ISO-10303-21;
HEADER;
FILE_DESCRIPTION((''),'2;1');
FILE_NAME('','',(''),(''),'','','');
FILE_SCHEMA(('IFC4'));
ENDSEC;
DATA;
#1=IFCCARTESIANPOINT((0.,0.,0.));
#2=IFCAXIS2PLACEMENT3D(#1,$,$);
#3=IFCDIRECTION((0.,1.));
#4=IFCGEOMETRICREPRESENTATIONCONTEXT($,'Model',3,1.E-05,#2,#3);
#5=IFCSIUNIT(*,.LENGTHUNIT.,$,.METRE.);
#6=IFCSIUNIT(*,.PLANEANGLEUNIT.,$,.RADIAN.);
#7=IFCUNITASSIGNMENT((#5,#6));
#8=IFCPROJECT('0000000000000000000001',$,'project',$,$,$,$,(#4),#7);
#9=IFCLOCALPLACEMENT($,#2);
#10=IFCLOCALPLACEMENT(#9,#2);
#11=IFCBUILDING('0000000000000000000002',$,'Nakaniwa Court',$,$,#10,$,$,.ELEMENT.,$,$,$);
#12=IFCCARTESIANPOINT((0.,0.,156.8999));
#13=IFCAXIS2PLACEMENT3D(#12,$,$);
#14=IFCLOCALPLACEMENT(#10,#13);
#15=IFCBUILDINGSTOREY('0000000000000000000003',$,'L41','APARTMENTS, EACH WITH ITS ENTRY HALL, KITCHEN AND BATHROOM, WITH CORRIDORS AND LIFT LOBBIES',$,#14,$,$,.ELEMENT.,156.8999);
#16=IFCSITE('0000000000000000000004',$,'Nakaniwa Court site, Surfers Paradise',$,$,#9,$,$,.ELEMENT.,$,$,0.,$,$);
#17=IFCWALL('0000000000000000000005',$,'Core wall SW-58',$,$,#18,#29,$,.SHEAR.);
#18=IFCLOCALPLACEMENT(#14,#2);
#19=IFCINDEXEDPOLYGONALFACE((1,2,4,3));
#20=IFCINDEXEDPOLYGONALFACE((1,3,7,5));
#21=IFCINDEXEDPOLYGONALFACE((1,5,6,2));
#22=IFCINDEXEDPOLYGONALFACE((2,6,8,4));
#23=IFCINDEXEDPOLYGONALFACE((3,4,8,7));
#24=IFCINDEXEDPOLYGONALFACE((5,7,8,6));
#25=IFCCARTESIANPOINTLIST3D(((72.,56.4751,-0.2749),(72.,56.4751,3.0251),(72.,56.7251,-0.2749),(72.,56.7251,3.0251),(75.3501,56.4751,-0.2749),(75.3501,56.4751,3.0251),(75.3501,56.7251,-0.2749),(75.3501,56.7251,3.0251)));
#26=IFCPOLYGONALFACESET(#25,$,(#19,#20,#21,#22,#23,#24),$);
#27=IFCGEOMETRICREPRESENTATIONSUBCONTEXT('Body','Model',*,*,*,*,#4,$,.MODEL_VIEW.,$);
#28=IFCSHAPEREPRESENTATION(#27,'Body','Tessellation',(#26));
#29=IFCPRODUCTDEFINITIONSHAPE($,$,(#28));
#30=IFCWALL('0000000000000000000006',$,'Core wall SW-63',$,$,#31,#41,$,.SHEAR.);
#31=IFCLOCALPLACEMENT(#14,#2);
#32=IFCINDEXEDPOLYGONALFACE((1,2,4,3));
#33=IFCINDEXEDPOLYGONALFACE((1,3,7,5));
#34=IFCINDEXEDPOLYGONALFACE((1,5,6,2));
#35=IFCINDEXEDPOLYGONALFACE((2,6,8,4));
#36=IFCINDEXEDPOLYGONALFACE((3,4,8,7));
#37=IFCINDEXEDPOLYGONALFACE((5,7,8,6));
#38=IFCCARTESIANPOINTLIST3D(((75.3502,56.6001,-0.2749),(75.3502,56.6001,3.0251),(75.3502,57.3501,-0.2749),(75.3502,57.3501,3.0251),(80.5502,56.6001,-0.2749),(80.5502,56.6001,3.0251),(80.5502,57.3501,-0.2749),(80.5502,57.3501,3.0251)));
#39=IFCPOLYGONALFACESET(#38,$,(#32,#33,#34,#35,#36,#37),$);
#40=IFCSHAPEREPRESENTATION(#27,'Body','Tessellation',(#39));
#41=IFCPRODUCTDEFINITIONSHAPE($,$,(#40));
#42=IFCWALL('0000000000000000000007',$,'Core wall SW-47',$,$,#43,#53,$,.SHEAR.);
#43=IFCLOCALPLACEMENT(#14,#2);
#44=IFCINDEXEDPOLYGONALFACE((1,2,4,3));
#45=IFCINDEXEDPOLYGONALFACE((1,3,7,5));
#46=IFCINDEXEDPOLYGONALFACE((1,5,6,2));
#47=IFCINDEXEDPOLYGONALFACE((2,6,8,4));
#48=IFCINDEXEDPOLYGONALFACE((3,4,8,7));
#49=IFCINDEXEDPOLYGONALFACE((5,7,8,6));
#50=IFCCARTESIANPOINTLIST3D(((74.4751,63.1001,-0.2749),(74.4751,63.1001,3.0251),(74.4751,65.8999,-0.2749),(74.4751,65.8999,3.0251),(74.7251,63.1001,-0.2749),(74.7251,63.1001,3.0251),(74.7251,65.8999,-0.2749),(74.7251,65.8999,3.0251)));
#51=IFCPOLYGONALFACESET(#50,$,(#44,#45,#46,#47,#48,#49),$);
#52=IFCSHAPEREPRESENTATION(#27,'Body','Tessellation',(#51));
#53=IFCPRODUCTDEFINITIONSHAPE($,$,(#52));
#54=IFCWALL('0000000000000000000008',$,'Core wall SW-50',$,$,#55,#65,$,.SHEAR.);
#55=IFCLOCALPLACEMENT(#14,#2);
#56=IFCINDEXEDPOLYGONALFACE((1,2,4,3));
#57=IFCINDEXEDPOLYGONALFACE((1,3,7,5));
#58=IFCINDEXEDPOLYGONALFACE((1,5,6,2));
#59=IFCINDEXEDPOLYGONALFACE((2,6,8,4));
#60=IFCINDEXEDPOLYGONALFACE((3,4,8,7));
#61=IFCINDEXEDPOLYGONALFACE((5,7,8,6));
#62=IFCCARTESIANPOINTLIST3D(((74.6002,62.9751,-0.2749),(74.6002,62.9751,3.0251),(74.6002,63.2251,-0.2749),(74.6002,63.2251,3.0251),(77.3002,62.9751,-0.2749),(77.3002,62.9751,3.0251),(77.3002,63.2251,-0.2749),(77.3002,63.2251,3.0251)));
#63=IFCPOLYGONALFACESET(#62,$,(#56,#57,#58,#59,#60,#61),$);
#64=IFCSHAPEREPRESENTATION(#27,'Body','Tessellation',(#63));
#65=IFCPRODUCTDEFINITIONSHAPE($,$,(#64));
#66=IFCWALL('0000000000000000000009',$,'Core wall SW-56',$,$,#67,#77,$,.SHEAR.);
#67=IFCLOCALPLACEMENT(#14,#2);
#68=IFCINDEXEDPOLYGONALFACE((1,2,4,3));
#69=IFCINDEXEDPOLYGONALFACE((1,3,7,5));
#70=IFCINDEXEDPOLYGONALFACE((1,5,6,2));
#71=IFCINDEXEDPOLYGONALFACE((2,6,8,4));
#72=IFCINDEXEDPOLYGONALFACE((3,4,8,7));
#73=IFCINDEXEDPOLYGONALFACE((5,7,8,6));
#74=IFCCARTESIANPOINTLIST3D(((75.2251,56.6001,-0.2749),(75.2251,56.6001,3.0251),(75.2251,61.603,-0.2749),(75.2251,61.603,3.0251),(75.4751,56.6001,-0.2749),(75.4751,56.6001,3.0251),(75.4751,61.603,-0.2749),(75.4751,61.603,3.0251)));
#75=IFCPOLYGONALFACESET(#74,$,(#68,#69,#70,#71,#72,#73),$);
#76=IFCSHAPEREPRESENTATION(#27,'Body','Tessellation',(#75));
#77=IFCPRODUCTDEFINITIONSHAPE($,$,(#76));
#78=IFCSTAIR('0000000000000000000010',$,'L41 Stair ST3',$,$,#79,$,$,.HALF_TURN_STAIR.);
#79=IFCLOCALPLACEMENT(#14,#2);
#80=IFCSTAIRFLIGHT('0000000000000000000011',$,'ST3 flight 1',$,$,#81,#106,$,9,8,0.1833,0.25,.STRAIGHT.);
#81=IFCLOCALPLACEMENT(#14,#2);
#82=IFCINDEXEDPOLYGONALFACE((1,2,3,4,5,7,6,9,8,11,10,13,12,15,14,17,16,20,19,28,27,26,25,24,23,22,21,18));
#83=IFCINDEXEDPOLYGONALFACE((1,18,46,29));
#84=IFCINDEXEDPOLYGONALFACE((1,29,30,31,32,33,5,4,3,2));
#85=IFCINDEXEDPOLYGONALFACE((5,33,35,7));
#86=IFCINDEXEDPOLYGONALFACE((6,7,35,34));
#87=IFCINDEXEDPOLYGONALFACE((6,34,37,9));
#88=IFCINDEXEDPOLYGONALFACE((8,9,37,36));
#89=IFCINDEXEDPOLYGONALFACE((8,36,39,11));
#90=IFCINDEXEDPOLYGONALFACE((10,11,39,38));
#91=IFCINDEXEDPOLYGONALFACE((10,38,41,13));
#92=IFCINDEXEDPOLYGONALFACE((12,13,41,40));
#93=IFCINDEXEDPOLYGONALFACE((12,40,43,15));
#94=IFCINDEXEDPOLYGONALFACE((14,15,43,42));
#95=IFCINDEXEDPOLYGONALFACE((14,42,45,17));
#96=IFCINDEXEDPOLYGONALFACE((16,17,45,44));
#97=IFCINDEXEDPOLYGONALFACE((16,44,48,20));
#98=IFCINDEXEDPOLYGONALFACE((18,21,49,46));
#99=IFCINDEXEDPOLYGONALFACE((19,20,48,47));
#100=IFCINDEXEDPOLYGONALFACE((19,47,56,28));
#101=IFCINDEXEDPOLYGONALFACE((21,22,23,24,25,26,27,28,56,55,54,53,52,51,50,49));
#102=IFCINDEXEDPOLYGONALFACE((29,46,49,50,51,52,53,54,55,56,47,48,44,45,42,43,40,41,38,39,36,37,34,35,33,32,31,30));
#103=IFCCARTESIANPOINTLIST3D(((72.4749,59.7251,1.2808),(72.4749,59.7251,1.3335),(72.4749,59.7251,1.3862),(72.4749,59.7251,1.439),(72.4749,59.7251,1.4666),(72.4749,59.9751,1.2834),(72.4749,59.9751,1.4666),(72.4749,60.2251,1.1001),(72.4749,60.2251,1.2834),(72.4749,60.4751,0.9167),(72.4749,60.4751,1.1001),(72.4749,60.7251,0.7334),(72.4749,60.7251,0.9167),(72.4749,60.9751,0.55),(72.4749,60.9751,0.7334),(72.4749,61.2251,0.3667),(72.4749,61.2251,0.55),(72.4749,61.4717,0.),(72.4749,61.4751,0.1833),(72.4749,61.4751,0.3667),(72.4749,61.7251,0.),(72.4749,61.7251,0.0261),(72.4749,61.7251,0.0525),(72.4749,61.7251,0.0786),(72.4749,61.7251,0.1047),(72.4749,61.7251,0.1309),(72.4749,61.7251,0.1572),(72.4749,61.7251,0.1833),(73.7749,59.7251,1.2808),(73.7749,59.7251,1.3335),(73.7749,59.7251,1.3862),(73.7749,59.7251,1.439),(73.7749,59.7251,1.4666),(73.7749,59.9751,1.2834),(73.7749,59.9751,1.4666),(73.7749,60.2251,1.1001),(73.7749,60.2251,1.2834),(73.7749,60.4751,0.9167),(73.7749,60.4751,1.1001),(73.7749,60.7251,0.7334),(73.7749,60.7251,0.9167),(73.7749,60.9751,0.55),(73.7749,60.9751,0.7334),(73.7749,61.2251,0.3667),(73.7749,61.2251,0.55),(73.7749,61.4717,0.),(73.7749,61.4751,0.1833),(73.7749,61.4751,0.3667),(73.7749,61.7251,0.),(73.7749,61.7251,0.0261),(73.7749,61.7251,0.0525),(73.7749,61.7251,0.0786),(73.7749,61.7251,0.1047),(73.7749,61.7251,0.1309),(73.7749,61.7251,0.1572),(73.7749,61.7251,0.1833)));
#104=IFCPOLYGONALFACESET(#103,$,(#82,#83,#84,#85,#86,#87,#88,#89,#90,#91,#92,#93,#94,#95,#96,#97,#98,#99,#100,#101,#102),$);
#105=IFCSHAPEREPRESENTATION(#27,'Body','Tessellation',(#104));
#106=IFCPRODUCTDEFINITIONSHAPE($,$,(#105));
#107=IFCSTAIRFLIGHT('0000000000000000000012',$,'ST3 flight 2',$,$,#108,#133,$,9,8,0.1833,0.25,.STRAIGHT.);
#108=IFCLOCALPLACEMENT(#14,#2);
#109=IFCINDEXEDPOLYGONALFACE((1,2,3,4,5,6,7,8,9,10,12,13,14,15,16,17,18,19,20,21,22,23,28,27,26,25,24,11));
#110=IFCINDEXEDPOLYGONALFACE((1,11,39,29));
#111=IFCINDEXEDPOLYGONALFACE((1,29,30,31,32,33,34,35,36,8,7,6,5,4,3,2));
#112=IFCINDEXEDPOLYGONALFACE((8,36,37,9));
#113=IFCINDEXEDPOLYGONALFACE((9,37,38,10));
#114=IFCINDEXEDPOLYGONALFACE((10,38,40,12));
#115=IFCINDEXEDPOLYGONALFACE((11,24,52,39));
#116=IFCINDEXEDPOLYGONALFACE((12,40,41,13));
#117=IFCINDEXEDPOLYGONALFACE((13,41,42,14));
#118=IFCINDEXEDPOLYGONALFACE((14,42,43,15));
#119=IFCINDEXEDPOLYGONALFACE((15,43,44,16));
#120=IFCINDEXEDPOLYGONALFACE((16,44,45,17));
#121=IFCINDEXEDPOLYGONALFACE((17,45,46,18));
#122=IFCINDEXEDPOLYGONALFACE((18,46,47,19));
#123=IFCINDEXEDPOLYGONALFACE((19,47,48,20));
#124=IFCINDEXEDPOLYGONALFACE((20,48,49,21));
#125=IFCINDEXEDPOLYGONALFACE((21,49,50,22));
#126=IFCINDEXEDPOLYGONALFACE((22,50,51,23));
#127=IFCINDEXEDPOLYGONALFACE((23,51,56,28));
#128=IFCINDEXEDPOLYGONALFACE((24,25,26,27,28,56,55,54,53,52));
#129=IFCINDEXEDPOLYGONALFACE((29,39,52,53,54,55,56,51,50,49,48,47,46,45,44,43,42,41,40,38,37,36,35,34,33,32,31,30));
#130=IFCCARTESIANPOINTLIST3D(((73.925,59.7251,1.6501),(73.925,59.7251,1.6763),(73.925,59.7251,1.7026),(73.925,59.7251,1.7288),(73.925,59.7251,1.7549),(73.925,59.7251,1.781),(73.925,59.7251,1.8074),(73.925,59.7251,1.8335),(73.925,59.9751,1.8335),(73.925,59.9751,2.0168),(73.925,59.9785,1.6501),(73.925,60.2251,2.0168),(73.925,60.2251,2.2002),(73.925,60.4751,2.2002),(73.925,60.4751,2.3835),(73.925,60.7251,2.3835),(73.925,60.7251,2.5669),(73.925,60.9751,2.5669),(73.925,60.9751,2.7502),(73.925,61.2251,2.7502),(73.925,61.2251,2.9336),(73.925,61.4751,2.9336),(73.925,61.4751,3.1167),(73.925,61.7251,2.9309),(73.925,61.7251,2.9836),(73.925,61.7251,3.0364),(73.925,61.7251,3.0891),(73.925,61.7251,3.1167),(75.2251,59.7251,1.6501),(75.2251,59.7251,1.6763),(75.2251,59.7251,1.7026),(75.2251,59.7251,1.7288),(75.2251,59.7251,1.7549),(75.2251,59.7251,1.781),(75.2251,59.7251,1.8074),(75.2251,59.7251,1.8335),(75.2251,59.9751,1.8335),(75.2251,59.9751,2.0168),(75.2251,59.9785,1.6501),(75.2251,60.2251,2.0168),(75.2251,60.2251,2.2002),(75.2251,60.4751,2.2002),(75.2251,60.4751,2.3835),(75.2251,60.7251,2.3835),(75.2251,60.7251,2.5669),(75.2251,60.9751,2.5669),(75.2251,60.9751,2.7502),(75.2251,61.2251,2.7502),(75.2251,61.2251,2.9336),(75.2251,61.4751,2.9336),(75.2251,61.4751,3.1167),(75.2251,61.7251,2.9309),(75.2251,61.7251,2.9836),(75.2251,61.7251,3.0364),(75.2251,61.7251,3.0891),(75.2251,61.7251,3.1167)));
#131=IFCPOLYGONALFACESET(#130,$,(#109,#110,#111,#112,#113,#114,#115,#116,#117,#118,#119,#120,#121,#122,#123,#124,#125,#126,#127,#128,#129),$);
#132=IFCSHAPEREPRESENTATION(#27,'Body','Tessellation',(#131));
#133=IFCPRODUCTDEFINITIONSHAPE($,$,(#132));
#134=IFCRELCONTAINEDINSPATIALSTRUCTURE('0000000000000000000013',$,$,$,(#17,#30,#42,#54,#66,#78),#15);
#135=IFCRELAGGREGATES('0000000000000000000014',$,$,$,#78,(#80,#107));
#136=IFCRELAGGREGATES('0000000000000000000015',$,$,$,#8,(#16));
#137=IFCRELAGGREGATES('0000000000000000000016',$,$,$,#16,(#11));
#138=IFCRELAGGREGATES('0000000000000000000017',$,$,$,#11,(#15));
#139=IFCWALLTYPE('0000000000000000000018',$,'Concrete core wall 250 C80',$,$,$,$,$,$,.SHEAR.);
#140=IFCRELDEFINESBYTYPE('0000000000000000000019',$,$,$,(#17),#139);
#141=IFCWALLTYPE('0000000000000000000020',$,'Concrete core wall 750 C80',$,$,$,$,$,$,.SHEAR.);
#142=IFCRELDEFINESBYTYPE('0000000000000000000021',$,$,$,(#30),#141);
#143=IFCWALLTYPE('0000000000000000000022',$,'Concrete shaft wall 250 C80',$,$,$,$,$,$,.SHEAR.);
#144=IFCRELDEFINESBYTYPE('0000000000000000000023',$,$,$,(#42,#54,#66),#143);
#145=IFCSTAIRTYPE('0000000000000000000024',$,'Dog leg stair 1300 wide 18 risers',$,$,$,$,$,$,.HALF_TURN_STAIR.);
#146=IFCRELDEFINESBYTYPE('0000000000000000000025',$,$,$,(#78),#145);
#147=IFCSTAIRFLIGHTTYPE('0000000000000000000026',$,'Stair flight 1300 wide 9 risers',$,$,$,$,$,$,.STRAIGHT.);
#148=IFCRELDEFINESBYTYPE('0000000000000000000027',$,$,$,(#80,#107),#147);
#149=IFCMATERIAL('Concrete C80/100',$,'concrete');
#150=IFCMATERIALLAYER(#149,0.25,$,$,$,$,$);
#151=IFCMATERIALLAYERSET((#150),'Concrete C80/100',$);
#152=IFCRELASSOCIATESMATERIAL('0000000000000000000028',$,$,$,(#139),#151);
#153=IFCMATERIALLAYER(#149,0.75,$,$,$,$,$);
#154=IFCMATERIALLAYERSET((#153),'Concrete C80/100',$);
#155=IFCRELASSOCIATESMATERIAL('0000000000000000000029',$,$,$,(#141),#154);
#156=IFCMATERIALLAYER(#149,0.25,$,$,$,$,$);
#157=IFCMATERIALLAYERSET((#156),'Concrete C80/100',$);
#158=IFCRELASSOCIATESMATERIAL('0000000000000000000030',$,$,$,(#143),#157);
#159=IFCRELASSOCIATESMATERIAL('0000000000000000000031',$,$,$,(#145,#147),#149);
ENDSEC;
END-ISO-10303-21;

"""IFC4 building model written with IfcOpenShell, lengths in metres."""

from ifc_helpers import new_model, si_unit, direction, frame, frame_2d, origin, place, context, subcontext, project, spatial, polyline, rectangle, outline, extrude, material, layer, layer_set, type_object, element, aggregate, save


model = new_model("IFC4")

# Units and contexts
model_context = context("Model", 3, precision=1e-05, world=origin(), true_north=direction((0.0, 1.0)))
body_context = subcontext(model_context, "Body", "Model", "MODEL_VIEW")
ifc_project = project(units=[si_unit("LENGTHUNIT", "METRE"), si_unit("PLANEANGLEUNIT", "RADIAN")], contexts=[model_context])

# Site, building, storey
site_placement = place(None, origin())
site = spatial("IfcSite", under=ifc_project, at=site_placement, Name="Nakaniwa Court site, Surfers Paradise", CompositionType="ELEMENT", RefElevation=0.0)
building_placement = place(site_placement, origin())
building = spatial("IfcBuilding", under=site, at=building_placement, Name="Nakaniwa Court", CompositionType="ELEMENT")
storey_placement = place(building_placement, frame((0.0, 0.0, 156.8999)))
storey = spatial("IfcBuildingStorey", under=building, at=storey_placement, Name="L41", Description="APARTMENTS, EACH WITH ITS ENTRY HALL, KITCHEN AND BATHROOM, WITH CORRIDORS AND LIFT LOBBIES", CompositionType="ELEMENT", Elevation=156.8999)

# Shared definitions
ifc_material_1 = material(Name="Concrete C80/100", Category="concrete")

# Walls
ifc_layer_1 = layer(ifc_material_1, 0.25)
ifc_layer_set_1 = layer_set([ifc_layer_1], Name="Concrete C80/100")
wall_type_1 = type_object("IfcWallType", Name="Concrete core wall 250 C80", PredefinedType="SHEAR", material=ifc_layer_set_1)
wall_1_placement = place(storey_placement, frame((72.0, 56.6001, -0.2749), z_axis=(0.0, 0.0, 1.0), x_axis=(1.0, 0.0, 0.0)))
element("IfcWall", 1, at=wall_1_placement, inside=storey, type_object=wall_type_1, Name="Core wall SW-58", PredefinedType="SHEAR", context=body_context, shape_type="SweptSolid", body=[
    extrude(rectangle(XDim=3.3501, YDim=0.25, at=frame_2d((1.675, 0.0))), origin(), (0.0, 0.0, 1.0), 3.3),
])
ifc_layer_2 = layer(ifc_material_1, 0.75)
ifc_layer_set_2 = layer_set([ifc_layer_2], Name="Concrete C80/100")
wall_type_2 = type_object("IfcWallType", Name="Concrete core wall 750 C80", PredefinedType="SHEAR", material=ifc_layer_set_2)
wall_2_placement = place(storey_placement, frame((75.3501, 56.9751, -0.2749), z_axis=(0.0, 0.0, 1.0), x_axis=(1.0, 0.0, 0.0)))
element("IfcWall", 2, at=wall_2_placement, inside=storey, type_object=wall_type_2, Name="Core wall SW-63", PredefinedType="SHEAR", context=body_context, shape_type="SweptSolid", body=[
    extrude(rectangle(XDim=5.2, YDim=0.75, at=frame_2d((2.6001, 0.0))), origin(), (0.0, 0.0, 1.0), 3.3),
])
ifc_layer_3 = layer(ifc_material_1, 0.25)
ifc_layer_set_3 = layer_set([ifc_layer_3], Name="Concrete C80/100")
wall_type_3 = type_object("IfcWallType", Name="Concrete shaft wall 250 C80", PredefinedType="SHEAR", material=ifc_layer_set_3)
wall_3_placement = place(storey_placement, frame((74.6001, 63.1001, -0.2749), z_axis=(0.0, 0.0, 1.0), x_axis=(0.0, 1.0, 0.0)))
element("IfcWall", 3, at=wall_3_placement, inside=storey, type_object=wall_type_3, Name="Core wall SW-47", PredefinedType="SHEAR", context=body_context, shape_type="SweptSolid", body=[
    extrude(rectangle(XDim=2.7998, YDim=0.25, at=frame_2d((1.3999, 0.0))), origin(), (0.0, 0.0, 1.0), 3.3),
])
wall_4_placement = place(storey_placement, frame((74.6001, 63.1001, -0.2749), z_axis=(0.0, 0.0, 1.0), x_axis=(1.0, 0.0, 0.0)))
element("IfcWall", 4, at=wall_4_placement, inside=storey, type_object=wall_type_3, Name="Core wall SW-50", PredefinedType="SHEAR", context=body_context, shape_type="SweptSolid", body=[
    extrude(rectangle(XDim=2.7, YDim=0.25, at=frame_2d((1.3501, 0.0))), origin(), (0.0, 0.0, 1.0), 3.3),
])
wall_5_placement = place(storey_placement, frame((75.3501, 56.6001, -0.2749), z_axis=(0.0, 0.0, 1.0), x_axis=(0.0, 1.0, 0.0)))
element("IfcWall", 5, at=wall_5_placement, inside=storey, type_object=wall_type_3, Name="Core wall SW-56", PredefinedType="SHEAR", context=body_context, shape_type="SweptSolid", body=[
    extrude(rectangle(XDim=5.0029, YDim=0.25, at=frame_2d((2.5015, 0.0))), origin(), (0.0, 0.0, 1.0), 3.3),
])

# Stair, stair flights
stair_type = type_object("IfcStairType", Name="Dog leg stair 1300 wide 18 risers", PredefinedType="HALF_TURN_STAIR", material=ifc_material_1)
stair_placement = place(storey_placement, origin())
stair = element("IfcStair", 6, at=stair_placement, inside=storey, type_object=stair_type, Name="L41 Stair ST3", PredefinedType="HALF_TURN_STAIR")
stair_flight_type = type_object("IfcStairFlightType", Name="Stair flight 1300 wide 9 risers", PredefinedType="STRAIGHT", material=ifc_material_1)
stair_flight_1_placement = place(storey_placement, frame((73.125, 61.7251, 0.0), z_axis=(0.0, 0.0, 1.0), x_axis=(0.0, -1.0, 0.0)))
stair_flight_1 = element("IfcStairFlight", 7, at=stair_flight_1_placement, type_object=stair_flight_type, Name="ST3 flight 1", NumberOfRisers=9, NumberOfTreads=8, PredefinedType="STRAIGHT", RiserHeight=0.1833, TreadLength=0.25, context=body_context, shape_type="SweptSolid", body=[
    extrude(outline(polyline([(0.0, 0.0), (0.0, 0.0261), (0.0, 0.0525), (0.0, 0.0786), (0.0, 0.1047), (0.0, 0.1309), (0.0, 0.1572), (0.0, 0.1833), (0.25, 0.1833), (0.25, 0.3667), (0.5, 0.3667), (0.5, 0.55), (0.75, 0.55), (0.75, 0.7334), (1.0, 0.7334), (1.0, 0.9167), (1.25, 0.9167), (1.25, 1.1001), (1.5, 1.1001), (1.5, 1.2834), (1.75, 1.2834), (1.75, 1.4666), (2.0, 1.4666), (2.0, 1.6499), (2.0, 1.5972), (2.0, 1.5444), (2.0, 1.4917), (2.0, 1.439), (2.0, 1.3862), (2.0, 1.3335), (2.0, 1.2808), (0.2534, 0.0), (0.0, 0.0)])), frame((0.0, 0.6499, 0.0), z_axis=(0.0, -1.0, 0.0), x_axis=(1.0, 0.0, 0.0)), (0.0, 0.0, 1.0), 1.3),
])
stair_flight_2_placement = place(storey_placement, frame((74.575, 59.7251, 1.6501), z_axis=(0.0, 0.0, 1.0), x_axis=(0.0, 1.0, 0.0)))
stair_flight_2 = element("IfcStairFlight", 8, at=stair_flight_2_placement, type_object=stair_flight_type, Name="ST3 flight 2", NumberOfRisers=9, NumberOfTreads=8, PredefinedType="STRAIGHT", RiserHeight=0.1833, TreadLength=0.25, context=body_context, shape_type="SweptSolid", body=[
    extrude(outline(polyline([(0.0, 0.0), (0.0, 0.0261), (0.0, 0.0525), (0.0, 0.0786), (0.0, 0.1047), (0.0, 0.1309), (0.0, 0.1572), (0.0, 0.1833), (0.25, 0.1833), (0.25, 0.3667), (0.5, 0.3667), (0.5, 0.55), (0.75, 0.55), (0.75, 0.7334), (1.0, 0.7334), (1.0, 0.9167), (1.25, 0.9167), (1.25, 1.1001), (1.5, 1.1001), (1.5, 1.2834), (1.75, 1.2834), (1.75, 1.4666), (2.0, 1.4666), (2.0, 1.6499), (2.0, 1.5972), (2.0, 1.5444), (2.0, 1.4917), (2.0, 1.439), (2.0, 1.3862), (2.0, 1.3335), (2.0, 1.2808), (0.2534, 0.0), (0.0, 0.0)])), frame((0.0, 0.6499, 0.0), z_axis=(0.0, -1.0, 0.0), x_axis=(1.0, 0.0, 0.0)), (0.0, 0.0, 1.0), 1.3),
])
aggregate(stair, [stair_flight_1, stair_flight_2])

save(model, "model.ifc")
